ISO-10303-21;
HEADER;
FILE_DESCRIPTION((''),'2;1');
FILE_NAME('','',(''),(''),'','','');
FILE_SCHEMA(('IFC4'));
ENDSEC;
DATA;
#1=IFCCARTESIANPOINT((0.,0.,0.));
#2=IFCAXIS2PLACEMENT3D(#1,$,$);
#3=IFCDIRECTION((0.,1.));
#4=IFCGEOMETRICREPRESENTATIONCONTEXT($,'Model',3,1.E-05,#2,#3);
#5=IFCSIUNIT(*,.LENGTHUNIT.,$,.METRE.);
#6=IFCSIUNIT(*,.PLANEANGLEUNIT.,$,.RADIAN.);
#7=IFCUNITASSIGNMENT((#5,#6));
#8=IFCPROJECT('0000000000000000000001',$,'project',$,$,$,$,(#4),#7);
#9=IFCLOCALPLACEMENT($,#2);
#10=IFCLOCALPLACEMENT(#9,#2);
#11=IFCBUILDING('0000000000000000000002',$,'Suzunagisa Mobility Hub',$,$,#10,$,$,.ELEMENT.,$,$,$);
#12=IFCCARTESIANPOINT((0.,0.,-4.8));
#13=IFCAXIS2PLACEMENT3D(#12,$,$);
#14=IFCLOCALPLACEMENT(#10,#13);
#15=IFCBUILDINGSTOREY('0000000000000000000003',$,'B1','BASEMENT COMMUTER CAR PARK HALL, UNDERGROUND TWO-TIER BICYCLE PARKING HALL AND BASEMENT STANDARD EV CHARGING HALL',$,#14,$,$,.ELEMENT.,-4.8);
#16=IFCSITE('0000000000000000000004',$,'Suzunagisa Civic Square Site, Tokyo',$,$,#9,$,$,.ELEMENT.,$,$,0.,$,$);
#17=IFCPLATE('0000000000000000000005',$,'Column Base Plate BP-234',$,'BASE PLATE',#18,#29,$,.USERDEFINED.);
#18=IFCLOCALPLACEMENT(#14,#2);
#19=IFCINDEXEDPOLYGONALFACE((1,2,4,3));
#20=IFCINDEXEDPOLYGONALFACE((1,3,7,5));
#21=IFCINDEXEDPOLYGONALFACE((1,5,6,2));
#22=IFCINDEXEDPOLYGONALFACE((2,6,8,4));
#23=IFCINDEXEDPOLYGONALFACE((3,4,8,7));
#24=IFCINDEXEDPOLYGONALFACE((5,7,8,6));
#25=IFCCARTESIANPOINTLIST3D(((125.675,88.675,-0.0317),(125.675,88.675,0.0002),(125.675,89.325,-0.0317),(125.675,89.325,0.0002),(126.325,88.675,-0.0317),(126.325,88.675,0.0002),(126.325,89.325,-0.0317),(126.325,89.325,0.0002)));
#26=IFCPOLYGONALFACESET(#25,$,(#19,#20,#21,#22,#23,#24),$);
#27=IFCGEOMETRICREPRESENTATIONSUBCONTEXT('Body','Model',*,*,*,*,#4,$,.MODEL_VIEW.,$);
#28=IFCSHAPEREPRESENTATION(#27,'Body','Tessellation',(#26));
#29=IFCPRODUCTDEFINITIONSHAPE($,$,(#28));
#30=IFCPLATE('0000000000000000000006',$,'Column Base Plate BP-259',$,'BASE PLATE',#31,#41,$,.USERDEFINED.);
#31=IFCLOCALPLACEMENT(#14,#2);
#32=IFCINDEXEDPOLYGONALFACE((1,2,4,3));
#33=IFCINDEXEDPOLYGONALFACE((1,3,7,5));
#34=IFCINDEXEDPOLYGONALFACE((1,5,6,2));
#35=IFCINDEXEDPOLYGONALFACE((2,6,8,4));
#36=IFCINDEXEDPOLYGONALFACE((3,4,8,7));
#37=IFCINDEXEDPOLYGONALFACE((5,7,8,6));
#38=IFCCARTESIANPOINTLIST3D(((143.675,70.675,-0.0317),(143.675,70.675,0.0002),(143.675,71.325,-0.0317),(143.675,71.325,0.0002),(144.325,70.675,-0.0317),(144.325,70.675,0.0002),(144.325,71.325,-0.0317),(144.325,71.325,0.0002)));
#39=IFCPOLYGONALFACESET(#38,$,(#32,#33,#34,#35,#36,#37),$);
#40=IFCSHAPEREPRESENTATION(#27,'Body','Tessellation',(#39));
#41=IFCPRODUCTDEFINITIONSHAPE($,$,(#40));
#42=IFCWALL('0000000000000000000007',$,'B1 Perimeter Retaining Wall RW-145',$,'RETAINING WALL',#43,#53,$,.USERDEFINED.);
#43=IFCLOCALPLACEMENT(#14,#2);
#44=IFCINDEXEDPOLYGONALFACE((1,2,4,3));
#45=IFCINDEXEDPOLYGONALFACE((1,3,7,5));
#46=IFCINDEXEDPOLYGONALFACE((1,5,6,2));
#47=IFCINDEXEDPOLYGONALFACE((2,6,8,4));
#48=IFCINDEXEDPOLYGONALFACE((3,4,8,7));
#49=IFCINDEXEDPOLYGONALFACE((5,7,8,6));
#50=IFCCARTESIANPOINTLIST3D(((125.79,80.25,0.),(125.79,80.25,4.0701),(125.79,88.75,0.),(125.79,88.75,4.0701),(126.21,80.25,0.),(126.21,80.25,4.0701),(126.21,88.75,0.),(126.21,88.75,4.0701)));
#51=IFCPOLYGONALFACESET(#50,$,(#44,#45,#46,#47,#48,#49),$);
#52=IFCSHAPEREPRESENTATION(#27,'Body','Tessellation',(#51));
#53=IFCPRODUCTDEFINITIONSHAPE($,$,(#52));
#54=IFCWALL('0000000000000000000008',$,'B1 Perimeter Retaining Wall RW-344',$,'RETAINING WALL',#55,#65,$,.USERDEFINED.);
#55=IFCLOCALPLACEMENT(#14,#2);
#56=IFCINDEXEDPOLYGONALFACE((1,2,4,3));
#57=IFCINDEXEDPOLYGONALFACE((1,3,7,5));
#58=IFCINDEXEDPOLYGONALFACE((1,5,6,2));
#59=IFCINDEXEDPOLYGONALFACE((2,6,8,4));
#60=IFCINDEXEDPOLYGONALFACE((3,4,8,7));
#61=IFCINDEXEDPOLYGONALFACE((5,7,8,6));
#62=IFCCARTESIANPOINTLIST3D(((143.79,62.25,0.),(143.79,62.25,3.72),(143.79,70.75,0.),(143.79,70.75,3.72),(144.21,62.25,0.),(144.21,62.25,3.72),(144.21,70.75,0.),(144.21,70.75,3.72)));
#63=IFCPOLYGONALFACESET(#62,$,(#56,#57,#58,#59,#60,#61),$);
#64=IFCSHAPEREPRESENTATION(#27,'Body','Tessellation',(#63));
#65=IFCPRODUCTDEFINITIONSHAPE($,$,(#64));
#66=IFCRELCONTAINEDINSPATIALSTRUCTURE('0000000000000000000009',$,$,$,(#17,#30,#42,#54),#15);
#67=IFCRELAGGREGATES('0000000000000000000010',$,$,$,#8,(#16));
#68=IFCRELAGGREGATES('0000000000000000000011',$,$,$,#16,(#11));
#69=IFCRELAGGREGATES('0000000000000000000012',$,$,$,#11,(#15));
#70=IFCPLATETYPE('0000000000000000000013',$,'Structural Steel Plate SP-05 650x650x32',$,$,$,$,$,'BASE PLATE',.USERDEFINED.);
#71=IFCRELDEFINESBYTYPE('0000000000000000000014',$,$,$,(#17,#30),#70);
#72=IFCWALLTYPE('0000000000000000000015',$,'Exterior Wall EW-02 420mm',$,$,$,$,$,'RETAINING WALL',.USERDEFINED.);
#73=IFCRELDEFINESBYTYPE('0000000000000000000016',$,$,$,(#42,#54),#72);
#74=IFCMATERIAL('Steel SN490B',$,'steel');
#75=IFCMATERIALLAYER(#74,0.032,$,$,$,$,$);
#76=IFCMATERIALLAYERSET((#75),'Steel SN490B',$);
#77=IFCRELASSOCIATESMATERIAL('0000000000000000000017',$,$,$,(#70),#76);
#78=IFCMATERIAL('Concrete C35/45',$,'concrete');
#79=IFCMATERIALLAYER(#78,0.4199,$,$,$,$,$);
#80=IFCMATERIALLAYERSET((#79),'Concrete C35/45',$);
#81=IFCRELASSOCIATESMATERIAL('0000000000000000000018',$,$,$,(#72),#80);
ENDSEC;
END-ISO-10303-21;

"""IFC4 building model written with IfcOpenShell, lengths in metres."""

from ifc_helpers import new_model, si_unit, direction, frame, frame_2d, origin, origin_2d, place, context, subcontext, project, spatial, rectangle, extrude, material, layer, layer_set, type_object, element, save


model = new_model("IFC4")

# Units and contexts
model_context = context("Model", 3, precision=1e-05, world=origin(), true_north=direction((0.0, 1.0)))
body_context = subcontext(model_context, "Body", "Model", "MODEL_VIEW")
ifc_project = project(units=[si_unit("LENGTHUNIT", "METRE"), si_unit("PLANEANGLEUNIT", "RADIAN")], contexts=[model_context])

# Site, building, storey
site_placement = place(None, origin())
site = spatial("IfcSite", under=ifc_project, at=site_placement, Name="Suzunagisa Civic Square Site, Tokyo", CompositionType="ELEMENT", RefElevation=0.0)
building_placement = place(site_placement, origin())
building = spatial("IfcBuilding", under=site, at=building_placement, Name="Suzunagisa Mobility Hub", CompositionType="ELEMENT")
storey_placement = place(building_placement, frame((0.0, 0.0, -4.8)))
storey = spatial("IfcBuildingStorey", under=building, at=storey_placement, Name="B1", Description="BASEMENT COMMUTER CAR PARK HALL, UNDERGROUND TWO-TIER BICYCLE PARKING HALL AND BASEMENT STANDARD EV CHARGING HALL", CompositionType="ELEMENT", Elevation=-4.8)

# Shared definitions
ifc_material_1 = material(Name="Concrete C35/45", Category="concrete")

# Shared definitions
ifc_material_2 = material(Name="Steel SN490B", Category="steel")

# Plates
ifc_layer_1 = layer(ifc_material_2, 0.032)
ifc_layer_set_1 = layer_set([ifc_layer_1], Name="Steel SN490B")
plate_type = type_object("IfcPlateType", Name="Structural Steel Plate SP-05 650x650x32", ElementType="BASE PLATE", PredefinedType="USERDEFINED", material=ifc_layer_set_1)
for number, where, z_axis, x_axis, name in (
    (1, (126.0, 89.0, -0.0317), (0.0, 0.0, 1.0), (1.0, 0.0, 0.0), "Column Base Plate BP-234"),
    (2, (144.0, 71.0, -0.0317), (0.0, 0.0, 1.0), (1.0, 0.0, 0.0), "Column Base Plate BP-259"),
):
    element("IfcPlate", number, at=place(storey_placement, frame(where, z_axis=z_axis, x_axis=x_axis)), inside=storey, type_object=plate_type, Name=name, ObjectType="BASE PLATE", PredefinedType="USERDEFINED", context=body_context, shape_type="SweptSolid", body=[
        extrude(rectangle(XDim=0.6499, YDim=0.6499, at=origin_2d()), origin(), (0.0, 0.0, 1.0), 0.032),
    ])

# Walls
ifc_layer_2 = layer(ifc_material_1, 0.4199)
ifc_layer_set_2 = layer_set([ifc_layer_2], Name="Concrete C35/45")
wall_type = type_object("IfcWallType", Name="Exterior Wall EW-02 420mm", ElementType="RETAINING WALL", PredefinedType="USERDEFINED", material=ifc_layer_set_2)
wall_1_placement = place(storey_placement, frame((126.0, 80.25, 0.0), z_axis=(0.0, 0.0, 1.0), x_axis=(0.0, 1.0, 0.0)))
element("IfcWall", 3, at=wall_1_placement, inside=storey, type_object=wall_type, Name="B1 Perimeter Retaining Wall RW-145", ObjectType="RETAINING WALL", PredefinedType="USERDEFINED", context=body_context, shape_type="SweptSolid", body=[
    extrude(rectangle(XDim=8.5, YDim=0.4199, at=frame_2d((4.25, 0.0))), origin(), (0.0, 0.0, 1.0), 4.0701),
])
wall_2_placement = place(storey_placement, frame((144.0, 70.75, 0.0), z_axis=(0.0, 0.0, 1.0), x_axis=(0.0, -1.0, 0.0)))
element("IfcWall", 4, at=wall_2_placement, inside=storey, type_object=wall_type, Name="B1 Perimeter Retaining Wall RW-344", ObjectType="RETAINING WALL", PredefinedType="USERDEFINED", context=body_context, shape_type="SweptSolid", body=[
    extrude(rectangle(XDim=8.5, YDim=0.4199, at=frame_2d((4.25, 0.0))), origin(), (0.0, 0.0, 1.0), 3.72),
])

save(model, "model.ifc")
